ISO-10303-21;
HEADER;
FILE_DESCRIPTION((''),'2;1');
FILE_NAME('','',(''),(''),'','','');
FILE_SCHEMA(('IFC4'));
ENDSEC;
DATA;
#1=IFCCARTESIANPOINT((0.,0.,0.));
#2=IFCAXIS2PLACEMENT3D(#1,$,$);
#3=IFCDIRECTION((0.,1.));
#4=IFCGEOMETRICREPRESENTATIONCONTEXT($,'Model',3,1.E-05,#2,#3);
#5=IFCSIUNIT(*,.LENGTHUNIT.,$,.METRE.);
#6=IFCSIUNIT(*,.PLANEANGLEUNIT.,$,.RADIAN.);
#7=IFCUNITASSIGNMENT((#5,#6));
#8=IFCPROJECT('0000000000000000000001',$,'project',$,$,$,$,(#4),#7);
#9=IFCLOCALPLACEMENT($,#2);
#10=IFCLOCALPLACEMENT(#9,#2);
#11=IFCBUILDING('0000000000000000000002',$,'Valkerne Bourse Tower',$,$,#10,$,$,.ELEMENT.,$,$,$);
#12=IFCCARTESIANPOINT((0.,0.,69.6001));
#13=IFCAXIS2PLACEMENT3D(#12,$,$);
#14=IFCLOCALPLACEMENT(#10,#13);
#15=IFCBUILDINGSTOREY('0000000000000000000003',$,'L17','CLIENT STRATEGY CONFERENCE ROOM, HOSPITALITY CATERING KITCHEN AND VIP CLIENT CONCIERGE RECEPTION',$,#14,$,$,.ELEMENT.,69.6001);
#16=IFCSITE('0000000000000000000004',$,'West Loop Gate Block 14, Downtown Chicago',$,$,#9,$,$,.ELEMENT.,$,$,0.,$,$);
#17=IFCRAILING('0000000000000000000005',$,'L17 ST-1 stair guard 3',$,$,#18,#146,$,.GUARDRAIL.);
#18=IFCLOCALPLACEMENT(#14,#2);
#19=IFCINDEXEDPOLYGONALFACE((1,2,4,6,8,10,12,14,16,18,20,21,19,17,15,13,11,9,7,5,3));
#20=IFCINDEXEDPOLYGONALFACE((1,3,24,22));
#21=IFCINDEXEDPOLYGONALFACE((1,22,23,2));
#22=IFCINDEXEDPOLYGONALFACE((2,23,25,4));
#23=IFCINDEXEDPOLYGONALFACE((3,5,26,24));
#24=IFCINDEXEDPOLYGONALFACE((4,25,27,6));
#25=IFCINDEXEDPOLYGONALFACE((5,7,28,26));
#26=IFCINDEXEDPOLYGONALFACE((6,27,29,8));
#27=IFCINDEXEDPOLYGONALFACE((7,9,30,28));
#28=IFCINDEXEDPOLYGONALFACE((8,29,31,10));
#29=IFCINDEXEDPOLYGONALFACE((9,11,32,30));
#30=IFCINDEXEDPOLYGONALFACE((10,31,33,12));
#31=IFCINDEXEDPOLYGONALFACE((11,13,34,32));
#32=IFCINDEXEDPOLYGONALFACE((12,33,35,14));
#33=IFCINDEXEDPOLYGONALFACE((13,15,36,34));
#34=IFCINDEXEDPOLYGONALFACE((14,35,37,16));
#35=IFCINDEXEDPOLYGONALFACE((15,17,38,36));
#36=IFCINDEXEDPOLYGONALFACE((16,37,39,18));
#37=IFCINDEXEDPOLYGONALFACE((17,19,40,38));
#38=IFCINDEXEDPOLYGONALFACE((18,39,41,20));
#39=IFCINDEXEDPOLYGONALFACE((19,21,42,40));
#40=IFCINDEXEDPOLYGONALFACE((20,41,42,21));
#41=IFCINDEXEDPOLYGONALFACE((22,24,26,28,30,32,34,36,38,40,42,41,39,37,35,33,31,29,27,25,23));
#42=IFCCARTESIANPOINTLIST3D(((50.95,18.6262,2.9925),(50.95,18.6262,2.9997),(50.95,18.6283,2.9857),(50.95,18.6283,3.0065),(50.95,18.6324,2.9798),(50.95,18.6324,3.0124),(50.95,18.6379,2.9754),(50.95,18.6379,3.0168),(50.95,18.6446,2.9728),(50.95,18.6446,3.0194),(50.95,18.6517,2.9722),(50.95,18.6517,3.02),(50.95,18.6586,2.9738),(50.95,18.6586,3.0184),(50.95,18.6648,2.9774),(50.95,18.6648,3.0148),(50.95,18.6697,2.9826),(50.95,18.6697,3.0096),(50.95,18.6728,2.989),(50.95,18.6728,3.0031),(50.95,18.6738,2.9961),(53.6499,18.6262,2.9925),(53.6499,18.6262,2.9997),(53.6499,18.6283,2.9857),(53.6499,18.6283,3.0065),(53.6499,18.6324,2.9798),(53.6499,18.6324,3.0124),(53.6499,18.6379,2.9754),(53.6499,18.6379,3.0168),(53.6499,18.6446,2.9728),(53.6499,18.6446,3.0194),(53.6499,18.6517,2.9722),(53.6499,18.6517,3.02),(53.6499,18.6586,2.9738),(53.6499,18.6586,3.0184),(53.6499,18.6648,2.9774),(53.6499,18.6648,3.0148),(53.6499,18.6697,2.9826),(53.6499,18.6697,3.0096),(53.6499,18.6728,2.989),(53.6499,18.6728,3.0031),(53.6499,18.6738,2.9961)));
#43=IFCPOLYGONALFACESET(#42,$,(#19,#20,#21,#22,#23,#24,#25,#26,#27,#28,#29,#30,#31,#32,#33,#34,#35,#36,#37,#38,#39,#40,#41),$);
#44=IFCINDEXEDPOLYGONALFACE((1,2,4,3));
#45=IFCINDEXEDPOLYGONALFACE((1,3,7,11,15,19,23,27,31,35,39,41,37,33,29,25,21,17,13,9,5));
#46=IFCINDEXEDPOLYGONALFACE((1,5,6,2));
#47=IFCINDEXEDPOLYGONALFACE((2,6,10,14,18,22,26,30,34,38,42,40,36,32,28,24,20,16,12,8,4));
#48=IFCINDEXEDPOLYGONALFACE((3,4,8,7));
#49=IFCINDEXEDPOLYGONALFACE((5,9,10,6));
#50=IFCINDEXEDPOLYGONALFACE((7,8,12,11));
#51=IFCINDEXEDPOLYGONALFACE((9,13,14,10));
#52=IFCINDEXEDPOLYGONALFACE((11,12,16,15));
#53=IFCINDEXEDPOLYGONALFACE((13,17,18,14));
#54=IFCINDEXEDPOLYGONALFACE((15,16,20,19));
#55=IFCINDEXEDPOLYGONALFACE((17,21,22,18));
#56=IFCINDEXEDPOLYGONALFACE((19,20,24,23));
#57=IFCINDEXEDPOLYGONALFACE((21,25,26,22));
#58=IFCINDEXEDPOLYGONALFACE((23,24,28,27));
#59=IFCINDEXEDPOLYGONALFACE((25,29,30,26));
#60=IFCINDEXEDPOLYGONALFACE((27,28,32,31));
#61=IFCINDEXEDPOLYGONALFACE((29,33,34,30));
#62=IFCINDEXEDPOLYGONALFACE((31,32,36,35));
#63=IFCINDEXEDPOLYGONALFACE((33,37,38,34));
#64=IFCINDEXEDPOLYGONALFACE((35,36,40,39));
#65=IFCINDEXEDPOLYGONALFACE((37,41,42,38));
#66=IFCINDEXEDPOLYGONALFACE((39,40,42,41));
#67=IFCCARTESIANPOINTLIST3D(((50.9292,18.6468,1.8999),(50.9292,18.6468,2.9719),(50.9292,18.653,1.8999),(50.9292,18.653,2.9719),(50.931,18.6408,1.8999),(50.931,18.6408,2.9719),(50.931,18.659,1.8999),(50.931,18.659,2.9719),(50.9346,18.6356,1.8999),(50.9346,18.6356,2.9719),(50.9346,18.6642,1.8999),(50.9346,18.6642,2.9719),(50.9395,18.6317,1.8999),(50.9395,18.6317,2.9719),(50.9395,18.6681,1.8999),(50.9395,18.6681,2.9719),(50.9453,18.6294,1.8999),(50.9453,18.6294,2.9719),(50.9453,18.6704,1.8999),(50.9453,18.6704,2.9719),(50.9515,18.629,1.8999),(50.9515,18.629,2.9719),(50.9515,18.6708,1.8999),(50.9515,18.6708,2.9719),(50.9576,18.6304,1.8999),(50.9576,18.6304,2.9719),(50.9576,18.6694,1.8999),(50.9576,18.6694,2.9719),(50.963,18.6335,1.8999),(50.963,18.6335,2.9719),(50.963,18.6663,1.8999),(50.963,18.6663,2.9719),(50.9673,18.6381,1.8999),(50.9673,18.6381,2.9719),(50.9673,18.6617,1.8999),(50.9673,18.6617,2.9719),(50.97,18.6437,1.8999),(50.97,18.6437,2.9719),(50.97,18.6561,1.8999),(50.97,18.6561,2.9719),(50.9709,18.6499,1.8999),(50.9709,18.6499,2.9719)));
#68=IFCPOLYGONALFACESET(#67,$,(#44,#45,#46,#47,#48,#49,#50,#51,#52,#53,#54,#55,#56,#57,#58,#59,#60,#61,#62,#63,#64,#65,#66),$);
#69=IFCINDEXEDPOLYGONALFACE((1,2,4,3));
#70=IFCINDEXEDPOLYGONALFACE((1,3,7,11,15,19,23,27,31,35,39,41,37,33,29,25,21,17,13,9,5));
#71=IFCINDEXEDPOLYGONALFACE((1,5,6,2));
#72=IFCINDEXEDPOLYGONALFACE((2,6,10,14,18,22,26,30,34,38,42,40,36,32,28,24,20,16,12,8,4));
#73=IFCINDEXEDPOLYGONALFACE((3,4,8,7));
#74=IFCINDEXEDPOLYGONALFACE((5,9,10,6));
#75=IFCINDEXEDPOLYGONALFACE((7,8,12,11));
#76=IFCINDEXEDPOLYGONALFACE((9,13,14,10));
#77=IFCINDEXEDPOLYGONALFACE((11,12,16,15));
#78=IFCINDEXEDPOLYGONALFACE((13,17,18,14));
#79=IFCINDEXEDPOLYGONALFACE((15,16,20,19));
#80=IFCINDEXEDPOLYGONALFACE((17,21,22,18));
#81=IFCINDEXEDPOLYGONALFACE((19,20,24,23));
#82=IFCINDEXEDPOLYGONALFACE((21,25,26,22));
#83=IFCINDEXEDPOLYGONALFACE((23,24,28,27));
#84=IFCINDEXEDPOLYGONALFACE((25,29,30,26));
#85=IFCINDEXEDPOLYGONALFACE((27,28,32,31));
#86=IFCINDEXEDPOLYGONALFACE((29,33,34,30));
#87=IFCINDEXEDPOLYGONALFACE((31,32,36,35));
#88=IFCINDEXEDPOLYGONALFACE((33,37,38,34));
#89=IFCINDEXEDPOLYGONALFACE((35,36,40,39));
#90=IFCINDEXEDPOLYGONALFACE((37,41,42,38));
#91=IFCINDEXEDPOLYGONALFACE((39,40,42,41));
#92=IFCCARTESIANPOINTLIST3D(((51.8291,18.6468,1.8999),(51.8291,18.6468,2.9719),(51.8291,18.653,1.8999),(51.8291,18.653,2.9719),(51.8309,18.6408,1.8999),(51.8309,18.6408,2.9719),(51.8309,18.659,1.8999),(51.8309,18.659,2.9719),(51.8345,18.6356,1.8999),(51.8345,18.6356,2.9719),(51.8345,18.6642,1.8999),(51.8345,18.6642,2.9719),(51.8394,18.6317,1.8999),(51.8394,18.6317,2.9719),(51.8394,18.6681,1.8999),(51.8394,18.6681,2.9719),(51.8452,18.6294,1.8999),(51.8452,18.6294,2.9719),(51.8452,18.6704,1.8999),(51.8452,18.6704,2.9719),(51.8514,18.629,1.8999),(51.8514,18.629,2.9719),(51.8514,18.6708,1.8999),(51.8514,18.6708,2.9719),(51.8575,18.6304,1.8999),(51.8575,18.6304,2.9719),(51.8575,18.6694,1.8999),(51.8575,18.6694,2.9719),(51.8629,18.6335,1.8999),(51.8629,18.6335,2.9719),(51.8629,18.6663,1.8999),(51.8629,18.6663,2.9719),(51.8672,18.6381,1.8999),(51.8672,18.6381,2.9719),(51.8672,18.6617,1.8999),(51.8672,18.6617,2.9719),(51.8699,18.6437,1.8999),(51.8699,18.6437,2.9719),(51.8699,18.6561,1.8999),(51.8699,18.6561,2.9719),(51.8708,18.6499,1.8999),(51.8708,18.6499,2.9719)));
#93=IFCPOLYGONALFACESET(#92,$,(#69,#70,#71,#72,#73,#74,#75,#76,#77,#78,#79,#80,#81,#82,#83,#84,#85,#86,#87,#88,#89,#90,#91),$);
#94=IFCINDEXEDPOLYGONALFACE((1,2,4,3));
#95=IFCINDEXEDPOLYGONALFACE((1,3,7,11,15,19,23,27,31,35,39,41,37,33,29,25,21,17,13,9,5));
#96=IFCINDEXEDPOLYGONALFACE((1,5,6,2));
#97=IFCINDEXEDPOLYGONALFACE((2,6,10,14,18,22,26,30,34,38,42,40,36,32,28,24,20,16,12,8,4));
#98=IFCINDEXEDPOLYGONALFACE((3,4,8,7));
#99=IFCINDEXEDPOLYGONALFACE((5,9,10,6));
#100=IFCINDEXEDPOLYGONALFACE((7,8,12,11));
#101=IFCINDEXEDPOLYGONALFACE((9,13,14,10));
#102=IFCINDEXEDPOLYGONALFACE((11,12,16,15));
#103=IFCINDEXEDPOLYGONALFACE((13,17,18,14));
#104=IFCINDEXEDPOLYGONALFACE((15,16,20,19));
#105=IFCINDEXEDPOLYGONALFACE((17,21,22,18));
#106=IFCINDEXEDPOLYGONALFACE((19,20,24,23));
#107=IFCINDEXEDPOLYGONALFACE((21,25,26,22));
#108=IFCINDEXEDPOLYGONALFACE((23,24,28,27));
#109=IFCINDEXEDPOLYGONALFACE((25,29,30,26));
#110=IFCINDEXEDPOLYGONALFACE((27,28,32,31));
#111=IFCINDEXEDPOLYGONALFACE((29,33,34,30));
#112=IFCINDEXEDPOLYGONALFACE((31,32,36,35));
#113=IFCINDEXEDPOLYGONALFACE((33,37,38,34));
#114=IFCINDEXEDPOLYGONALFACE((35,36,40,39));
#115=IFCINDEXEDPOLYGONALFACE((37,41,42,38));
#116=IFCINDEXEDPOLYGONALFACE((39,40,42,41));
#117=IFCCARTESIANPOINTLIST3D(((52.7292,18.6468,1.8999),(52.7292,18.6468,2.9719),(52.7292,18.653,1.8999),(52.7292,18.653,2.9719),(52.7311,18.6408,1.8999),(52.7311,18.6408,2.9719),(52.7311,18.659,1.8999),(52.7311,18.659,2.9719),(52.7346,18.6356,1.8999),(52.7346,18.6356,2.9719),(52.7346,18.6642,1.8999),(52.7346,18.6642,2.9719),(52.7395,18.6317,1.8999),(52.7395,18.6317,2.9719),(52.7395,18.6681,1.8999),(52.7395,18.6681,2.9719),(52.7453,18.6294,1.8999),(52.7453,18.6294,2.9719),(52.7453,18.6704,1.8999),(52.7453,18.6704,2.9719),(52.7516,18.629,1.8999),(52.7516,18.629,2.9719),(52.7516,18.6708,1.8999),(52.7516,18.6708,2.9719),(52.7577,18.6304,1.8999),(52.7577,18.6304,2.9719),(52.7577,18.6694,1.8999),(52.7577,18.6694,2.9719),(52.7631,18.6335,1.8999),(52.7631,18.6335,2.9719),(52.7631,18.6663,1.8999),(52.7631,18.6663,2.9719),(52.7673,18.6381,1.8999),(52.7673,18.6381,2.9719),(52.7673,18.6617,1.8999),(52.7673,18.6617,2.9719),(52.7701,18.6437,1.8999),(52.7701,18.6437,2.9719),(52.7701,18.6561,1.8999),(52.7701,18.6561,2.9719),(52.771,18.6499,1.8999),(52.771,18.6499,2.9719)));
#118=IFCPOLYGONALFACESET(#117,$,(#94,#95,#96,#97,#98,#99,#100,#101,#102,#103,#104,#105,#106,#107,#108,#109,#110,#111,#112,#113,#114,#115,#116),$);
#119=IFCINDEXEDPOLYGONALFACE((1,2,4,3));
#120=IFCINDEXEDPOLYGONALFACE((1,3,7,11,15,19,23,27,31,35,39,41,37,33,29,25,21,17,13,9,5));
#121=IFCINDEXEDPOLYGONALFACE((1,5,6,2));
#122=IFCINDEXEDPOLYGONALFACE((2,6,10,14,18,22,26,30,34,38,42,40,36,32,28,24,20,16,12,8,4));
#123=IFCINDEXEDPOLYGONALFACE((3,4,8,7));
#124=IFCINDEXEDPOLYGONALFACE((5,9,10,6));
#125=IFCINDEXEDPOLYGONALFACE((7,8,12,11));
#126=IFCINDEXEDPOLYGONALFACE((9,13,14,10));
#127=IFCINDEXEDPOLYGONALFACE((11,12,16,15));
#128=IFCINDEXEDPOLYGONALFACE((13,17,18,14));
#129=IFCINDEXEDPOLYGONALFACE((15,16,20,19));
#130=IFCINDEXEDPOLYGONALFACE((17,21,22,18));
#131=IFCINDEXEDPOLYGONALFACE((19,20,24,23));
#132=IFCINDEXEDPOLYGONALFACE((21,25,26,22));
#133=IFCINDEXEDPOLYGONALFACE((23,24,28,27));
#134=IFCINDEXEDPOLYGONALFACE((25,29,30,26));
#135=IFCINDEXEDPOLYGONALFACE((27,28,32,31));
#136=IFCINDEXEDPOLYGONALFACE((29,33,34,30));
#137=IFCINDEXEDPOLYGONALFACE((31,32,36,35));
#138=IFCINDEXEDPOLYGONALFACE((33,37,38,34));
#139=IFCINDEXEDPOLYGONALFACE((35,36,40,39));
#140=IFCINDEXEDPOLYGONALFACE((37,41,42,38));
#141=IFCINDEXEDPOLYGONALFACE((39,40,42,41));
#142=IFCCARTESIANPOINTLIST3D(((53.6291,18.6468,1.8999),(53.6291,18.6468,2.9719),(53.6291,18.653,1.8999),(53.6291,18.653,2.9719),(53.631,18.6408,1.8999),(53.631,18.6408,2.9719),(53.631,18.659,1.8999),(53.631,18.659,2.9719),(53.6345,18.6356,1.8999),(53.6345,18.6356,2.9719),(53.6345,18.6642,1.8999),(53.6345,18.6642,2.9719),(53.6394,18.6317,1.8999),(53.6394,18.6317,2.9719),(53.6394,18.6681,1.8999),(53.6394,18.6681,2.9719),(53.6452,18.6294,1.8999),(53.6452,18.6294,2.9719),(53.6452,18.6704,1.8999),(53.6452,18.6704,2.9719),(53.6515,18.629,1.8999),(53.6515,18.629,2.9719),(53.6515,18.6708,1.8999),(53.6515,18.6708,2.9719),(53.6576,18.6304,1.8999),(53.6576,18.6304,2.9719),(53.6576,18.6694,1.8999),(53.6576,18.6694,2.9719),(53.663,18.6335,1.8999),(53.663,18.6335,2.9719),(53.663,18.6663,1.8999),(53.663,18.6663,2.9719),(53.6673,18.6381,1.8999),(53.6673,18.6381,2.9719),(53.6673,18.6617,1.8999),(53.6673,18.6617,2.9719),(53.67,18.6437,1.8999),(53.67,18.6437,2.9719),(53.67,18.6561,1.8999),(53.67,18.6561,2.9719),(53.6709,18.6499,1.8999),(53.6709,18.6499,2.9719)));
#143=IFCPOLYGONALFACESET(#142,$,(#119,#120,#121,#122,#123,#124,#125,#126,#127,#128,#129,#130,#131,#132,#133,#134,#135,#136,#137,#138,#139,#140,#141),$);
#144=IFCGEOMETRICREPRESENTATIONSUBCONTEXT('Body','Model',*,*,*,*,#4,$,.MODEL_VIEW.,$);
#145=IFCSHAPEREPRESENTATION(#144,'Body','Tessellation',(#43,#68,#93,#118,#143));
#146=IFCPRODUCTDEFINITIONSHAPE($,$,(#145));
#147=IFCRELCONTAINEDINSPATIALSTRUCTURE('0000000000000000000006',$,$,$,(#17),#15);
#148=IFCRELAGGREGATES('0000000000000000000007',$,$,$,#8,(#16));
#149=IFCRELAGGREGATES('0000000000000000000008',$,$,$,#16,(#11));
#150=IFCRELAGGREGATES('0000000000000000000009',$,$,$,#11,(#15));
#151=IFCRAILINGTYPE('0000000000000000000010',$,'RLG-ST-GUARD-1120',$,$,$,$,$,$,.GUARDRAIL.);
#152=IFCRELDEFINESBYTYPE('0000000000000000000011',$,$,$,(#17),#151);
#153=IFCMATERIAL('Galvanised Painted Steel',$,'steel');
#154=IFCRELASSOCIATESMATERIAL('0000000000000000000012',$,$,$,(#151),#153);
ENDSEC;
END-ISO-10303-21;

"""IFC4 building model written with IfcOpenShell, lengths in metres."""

from ifc_helpers import new_model, si_unit, direction, frame, origin, origin_2d, place, context, subcontext, project, spatial, circle, extrude, material, type_object, element, save


model = new_model("IFC4")

# Units and contexts
model_context = context("Model", 3, precision=1e-05, world=origin(), true_north=direction((0.0, 1.0)))
body_context = subcontext(model_context, "Body", "Model", "MODEL_VIEW")
ifc_project = project(units=[si_unit("LENGTHUNIT", "METRE"), si_unit("PLANEANGLEUNIT", "RADIAN")], contexts=[model_context])

# Site, building, storey
site_placement = place(None, origin())
site = spatial("IfcSite", under=ifc_project, at=site_placement, Name="West Loop Gate Block 14, Downtown Chicago", CompositionType="ELEMENT", RefElevation=0.0)
building_placement = place(site_placement, origin())
building = spatial("IfcBuilding", under=site, at=building_placement, Name="Valkerne Bourse Tower", CompositionType="ELEMENT")
storey_placement = place(building_placement, frame((0.0, 0.0, 69.6001)))
storey = spatial("IfcBuildingStorey", under=building, at=storey_placement, Name="L17", Description="CLIENT STRATEGY CONFERENCE ROOM, HOSPITALITY CATERING KITCHEN AND VIP CLIENT CONCIERGE RECEPTION", CompositionType="ELEMENT", Elevation=69.6001)

# Shared definitions
ifc_material_1 = material(Name="Galvanised Painted Steel", Category="steel")

# Railing
railing_type_1 = type_object("IfcRailingType", Name="RLG-ST-GUARD-1120", PredefinedType="GUARDRAIL", material=ifc_material_1)
for number, where, name in (
    (1, (50.95, 18.6499, 1.8999), "L17 ST-1 stair guard 3"),
):
    element("IfcRailing", number, at=place(storey_placement, frame(where)), inside=storey, type_object=railing_type_1, Name=name, PredefinedType="GUARDRAIL", context=body_context, shape_type="SweptSolid", body=[
        extrude(circle(Radius=0.0239, at=origin_2d()), frame((0.0, 0.0, 1.0962), z_axis=(1.0, 0.0, 0.0), x_axis=(0.0, 1.0, 0.0)), (0.0, 0.0, 1.0), 2.7),
        extrude(circle(Radius=0.021, at=origin_2d()), origin(), (0.0, 0.0, 1.0), 1.072),
        extrude(circle(Radius=0.021, at=origin_2d()), frame((0.8999, 0.0, 0.0)), (0.0, 0.0, 1.0), 1.072),
        extrude(circle(Radius=0.021, at=origin_2d()), frame((1.8, 0.0, 0.0)), (0.0, 0.0, 1.0), 1.072),
        extrude(circle(Radius=0.021, at=origin_2d()), frame((2.7, 0.0, 0.0)), (0.0, 0.0, 1.0), 1.072),
    ])

save(model, "model.ifc")
